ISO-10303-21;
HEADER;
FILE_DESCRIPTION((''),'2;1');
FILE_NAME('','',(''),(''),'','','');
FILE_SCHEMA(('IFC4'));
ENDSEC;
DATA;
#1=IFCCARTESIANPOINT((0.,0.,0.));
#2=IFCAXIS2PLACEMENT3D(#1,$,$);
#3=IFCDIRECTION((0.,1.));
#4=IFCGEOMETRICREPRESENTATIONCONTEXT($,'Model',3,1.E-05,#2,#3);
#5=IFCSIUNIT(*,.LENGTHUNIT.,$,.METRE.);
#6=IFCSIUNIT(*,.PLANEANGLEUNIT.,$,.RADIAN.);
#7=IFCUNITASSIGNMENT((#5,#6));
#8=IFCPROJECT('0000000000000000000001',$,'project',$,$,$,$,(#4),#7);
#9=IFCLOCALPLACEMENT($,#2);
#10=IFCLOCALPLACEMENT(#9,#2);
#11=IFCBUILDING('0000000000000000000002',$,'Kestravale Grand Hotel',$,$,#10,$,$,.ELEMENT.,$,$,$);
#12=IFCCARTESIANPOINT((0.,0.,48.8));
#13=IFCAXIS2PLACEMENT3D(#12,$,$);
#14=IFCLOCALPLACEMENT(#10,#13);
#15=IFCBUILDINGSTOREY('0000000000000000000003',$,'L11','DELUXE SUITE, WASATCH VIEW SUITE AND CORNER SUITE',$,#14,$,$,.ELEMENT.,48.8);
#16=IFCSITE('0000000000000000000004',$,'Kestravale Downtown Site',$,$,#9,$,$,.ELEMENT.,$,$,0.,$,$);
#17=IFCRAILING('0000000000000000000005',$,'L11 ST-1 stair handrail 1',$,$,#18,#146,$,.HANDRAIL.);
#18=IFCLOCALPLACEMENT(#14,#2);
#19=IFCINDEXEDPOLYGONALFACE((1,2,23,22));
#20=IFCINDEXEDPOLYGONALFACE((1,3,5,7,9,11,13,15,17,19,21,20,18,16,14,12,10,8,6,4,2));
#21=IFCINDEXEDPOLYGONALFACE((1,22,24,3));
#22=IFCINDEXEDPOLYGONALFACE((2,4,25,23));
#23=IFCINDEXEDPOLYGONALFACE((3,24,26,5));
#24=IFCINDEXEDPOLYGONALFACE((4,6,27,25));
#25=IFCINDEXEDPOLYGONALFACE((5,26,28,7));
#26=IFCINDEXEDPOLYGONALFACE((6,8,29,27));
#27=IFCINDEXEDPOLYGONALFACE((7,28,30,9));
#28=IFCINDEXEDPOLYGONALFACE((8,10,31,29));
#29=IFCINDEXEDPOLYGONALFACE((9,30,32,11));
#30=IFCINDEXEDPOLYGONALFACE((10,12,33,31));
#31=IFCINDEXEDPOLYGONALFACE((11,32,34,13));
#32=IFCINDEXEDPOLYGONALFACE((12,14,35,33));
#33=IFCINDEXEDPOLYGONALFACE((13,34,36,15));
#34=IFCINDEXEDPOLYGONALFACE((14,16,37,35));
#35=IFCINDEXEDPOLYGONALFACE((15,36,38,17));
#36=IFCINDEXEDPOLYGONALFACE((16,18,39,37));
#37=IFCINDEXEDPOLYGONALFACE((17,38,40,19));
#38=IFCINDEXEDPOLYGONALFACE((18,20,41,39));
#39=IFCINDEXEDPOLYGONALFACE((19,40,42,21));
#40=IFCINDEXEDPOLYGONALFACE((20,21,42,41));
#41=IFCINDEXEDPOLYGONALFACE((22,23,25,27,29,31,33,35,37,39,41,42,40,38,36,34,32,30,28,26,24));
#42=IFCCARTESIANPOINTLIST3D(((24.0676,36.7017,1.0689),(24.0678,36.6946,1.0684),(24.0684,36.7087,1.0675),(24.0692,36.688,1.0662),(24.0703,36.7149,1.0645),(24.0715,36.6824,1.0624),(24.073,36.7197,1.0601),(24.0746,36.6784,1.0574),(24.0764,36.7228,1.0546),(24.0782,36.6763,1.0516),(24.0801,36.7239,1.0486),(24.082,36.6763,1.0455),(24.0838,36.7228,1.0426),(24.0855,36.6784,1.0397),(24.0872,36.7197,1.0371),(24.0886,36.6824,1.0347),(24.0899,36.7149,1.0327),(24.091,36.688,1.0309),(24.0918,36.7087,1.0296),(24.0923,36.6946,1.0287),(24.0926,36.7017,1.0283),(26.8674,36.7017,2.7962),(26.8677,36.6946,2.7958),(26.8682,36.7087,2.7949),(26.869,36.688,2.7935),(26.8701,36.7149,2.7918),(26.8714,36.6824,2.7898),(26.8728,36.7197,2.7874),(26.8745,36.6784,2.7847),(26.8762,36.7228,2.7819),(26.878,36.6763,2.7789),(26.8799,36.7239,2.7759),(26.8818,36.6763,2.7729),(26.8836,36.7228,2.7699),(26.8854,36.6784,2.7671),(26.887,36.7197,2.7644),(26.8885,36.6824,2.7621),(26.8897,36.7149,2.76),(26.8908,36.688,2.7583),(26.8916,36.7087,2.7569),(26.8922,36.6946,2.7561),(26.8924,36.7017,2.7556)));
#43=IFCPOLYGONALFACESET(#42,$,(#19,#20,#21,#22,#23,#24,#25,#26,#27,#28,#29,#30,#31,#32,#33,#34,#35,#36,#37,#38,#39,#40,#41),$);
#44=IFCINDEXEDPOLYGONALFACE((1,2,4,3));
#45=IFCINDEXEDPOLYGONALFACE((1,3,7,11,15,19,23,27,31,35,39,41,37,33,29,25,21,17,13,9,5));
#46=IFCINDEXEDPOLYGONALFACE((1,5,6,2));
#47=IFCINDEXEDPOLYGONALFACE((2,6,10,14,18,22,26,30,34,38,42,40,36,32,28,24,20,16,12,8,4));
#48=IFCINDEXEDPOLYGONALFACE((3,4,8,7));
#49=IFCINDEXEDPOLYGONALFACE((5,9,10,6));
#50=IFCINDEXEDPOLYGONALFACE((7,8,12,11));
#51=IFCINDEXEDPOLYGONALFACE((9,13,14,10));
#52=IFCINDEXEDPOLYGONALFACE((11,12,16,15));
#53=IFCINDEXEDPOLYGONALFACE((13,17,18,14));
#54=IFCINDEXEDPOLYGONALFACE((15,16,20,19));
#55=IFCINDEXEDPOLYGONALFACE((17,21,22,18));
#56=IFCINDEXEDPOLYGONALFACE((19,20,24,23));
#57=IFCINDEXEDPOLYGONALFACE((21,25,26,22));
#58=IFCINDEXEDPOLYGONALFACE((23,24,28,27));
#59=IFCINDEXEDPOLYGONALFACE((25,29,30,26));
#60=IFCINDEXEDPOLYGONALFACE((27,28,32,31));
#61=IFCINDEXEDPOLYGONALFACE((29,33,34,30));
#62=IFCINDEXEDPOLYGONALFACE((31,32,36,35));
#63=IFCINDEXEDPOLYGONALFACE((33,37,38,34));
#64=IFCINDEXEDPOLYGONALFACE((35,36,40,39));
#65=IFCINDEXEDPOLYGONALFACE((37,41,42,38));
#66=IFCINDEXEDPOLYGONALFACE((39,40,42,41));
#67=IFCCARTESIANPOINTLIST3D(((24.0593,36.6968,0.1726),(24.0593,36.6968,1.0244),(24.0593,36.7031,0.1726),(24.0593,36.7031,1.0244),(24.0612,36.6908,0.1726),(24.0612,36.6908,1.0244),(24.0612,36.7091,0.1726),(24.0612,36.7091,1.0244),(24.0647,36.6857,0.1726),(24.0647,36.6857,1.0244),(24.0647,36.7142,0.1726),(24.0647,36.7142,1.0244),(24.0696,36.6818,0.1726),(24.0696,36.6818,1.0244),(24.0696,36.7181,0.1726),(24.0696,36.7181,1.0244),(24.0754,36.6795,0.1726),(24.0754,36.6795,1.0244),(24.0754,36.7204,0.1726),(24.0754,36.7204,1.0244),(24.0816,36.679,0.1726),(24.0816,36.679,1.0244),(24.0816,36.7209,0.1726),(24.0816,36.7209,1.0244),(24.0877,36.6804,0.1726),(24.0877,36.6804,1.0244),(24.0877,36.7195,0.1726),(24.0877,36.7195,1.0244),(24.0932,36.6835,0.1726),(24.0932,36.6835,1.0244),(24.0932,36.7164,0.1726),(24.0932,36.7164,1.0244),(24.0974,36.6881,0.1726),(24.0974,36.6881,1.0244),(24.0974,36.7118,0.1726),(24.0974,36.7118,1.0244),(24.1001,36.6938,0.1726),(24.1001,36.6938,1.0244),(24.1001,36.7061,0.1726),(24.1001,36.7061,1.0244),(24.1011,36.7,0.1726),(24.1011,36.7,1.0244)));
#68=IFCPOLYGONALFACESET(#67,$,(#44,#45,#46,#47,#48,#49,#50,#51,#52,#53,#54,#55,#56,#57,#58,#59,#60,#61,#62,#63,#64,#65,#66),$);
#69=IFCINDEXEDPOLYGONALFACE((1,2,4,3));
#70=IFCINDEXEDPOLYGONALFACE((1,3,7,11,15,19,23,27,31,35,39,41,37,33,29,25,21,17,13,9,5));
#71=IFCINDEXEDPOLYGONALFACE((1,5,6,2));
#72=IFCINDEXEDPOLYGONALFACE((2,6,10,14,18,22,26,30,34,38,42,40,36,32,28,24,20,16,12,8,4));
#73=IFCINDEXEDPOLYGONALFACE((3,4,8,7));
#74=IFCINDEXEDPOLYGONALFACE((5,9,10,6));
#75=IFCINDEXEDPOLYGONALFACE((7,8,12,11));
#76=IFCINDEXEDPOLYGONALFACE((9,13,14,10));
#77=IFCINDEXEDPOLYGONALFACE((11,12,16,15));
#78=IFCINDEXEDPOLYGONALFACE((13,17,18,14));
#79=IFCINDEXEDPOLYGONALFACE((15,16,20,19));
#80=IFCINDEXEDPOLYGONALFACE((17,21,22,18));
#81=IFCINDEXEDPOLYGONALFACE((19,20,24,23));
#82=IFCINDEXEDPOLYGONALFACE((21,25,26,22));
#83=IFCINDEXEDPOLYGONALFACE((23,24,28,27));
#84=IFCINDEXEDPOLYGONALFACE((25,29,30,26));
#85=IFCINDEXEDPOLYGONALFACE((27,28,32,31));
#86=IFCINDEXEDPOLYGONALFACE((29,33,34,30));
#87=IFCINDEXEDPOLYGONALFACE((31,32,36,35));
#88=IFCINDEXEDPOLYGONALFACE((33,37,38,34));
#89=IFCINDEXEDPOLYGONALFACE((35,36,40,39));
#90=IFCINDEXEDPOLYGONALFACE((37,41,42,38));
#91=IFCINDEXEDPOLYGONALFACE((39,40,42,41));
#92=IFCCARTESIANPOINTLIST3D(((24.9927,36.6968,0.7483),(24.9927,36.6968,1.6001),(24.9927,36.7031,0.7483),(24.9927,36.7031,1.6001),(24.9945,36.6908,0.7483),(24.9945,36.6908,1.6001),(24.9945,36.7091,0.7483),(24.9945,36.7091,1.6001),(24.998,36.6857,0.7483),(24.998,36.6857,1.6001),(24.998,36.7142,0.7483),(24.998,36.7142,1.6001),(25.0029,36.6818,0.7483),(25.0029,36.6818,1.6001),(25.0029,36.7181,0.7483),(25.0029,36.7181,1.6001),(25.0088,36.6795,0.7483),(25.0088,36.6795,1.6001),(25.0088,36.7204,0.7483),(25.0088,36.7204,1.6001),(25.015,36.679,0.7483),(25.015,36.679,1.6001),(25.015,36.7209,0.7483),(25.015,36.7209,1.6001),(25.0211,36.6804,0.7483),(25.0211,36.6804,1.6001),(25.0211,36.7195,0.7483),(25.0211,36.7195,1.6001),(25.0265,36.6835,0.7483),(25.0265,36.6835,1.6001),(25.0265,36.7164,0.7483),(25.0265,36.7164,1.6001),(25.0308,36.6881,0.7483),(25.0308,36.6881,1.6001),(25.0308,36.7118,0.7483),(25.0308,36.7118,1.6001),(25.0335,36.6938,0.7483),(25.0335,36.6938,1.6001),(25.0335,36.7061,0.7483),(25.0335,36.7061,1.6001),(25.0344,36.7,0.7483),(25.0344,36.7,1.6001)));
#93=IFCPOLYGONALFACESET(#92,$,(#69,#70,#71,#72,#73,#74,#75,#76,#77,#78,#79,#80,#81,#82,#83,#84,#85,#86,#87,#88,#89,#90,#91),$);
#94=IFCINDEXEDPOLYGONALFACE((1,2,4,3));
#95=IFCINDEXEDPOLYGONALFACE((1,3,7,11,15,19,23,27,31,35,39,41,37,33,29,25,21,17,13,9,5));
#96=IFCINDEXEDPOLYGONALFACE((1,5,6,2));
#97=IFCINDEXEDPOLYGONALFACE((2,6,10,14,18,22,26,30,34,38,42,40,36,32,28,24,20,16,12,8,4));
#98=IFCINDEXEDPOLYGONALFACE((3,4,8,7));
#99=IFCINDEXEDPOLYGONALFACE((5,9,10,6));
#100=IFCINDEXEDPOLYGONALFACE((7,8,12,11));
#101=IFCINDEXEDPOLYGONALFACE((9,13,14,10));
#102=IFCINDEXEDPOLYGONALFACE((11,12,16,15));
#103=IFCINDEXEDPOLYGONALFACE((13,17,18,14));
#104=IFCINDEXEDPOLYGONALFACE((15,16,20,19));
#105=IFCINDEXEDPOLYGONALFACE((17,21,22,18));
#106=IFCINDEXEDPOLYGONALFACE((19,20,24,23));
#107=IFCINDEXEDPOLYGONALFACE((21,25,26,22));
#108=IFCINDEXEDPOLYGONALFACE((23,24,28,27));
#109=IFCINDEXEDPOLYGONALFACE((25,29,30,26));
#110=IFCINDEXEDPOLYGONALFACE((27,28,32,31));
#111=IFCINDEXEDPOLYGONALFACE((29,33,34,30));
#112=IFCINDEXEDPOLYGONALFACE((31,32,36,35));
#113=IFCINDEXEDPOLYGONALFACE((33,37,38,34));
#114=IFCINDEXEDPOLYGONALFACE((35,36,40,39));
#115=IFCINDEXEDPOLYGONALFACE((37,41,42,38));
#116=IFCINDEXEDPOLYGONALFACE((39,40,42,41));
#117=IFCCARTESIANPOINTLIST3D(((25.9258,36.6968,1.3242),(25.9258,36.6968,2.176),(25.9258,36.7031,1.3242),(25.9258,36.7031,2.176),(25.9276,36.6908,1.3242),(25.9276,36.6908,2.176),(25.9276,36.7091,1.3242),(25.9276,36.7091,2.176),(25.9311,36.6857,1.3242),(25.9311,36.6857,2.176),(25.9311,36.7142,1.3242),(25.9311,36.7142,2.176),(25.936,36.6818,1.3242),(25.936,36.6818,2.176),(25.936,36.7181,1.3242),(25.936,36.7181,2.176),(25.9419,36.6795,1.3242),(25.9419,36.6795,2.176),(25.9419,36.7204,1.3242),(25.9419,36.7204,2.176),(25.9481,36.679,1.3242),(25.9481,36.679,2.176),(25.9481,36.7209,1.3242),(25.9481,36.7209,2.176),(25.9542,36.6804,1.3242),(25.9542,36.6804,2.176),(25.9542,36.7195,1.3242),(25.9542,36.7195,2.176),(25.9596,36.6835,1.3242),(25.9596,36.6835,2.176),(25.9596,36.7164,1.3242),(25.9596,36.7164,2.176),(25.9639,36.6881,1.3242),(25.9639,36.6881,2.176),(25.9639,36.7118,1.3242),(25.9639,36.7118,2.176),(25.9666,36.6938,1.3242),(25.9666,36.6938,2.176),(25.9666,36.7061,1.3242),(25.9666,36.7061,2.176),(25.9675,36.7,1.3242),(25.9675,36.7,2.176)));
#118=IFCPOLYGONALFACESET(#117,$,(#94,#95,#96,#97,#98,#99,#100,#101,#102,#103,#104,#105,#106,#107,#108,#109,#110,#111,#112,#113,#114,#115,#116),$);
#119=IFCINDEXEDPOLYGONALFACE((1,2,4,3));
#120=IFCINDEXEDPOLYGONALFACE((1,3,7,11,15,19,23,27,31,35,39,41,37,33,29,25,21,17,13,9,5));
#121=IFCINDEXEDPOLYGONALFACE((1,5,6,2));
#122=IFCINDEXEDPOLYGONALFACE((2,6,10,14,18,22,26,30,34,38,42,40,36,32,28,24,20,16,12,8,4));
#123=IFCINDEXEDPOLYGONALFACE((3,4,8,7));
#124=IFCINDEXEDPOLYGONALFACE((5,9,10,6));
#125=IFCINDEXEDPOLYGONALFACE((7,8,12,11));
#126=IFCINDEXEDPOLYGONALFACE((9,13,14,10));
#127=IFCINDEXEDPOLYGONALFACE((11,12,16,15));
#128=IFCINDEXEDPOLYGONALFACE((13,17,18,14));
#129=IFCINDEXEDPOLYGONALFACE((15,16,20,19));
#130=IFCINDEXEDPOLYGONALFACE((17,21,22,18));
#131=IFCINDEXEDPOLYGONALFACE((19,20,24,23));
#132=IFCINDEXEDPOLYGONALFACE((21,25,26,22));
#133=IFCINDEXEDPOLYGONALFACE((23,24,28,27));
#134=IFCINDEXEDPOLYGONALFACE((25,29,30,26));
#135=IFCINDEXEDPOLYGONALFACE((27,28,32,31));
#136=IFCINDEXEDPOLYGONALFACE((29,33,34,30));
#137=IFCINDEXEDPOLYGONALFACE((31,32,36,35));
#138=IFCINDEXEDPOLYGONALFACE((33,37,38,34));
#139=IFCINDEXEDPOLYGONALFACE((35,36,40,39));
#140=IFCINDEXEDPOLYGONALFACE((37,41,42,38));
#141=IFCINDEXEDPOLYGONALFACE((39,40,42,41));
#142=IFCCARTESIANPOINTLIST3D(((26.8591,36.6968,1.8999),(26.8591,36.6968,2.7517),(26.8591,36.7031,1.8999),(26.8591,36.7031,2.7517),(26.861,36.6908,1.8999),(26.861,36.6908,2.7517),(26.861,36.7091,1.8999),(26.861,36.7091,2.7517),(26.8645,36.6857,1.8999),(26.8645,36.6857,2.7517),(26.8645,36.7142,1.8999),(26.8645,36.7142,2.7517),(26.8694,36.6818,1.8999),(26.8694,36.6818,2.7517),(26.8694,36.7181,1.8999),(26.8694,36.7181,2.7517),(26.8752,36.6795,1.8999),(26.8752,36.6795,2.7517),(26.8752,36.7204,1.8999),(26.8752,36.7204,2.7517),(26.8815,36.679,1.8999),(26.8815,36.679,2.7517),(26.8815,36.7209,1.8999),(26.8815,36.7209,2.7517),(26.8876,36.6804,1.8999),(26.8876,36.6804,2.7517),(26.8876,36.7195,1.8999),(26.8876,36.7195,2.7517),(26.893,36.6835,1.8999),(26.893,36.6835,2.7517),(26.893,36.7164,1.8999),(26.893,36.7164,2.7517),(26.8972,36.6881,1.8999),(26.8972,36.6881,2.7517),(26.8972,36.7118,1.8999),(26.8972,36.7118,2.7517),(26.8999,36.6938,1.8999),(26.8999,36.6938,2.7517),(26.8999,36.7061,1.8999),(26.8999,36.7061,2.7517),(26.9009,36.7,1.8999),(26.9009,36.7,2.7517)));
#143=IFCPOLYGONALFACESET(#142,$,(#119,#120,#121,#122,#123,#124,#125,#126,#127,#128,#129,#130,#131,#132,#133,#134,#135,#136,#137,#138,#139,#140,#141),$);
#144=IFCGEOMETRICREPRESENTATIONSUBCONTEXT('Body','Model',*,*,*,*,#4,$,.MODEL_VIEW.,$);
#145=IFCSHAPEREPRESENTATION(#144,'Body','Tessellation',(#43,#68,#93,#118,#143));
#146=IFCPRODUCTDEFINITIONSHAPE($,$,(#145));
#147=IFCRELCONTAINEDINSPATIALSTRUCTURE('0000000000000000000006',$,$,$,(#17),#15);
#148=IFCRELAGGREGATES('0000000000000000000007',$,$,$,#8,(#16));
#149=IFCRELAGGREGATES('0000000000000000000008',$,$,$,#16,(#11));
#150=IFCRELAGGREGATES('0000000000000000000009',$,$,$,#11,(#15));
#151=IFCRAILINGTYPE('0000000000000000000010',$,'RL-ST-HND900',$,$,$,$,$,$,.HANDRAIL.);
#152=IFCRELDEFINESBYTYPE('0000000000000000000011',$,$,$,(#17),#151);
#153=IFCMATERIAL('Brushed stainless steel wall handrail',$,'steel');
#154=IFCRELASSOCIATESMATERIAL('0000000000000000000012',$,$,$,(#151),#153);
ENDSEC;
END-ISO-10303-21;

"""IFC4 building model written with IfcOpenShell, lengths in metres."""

from ifc_helpers import new_model, si_unit, direction, frame, origin, origin_2d, place, context, subcontext, project, spatial, circle, extrude, material, type_object, element, save


model = new_model("IFC4")

# Units and contexts
model_context = context("Model", 3, precision=1e-05, world=origin(), true_north=direction((0.0, 1.0)))
body_context = subcontext(model_context, "Body", "Model", "MODEL_VIEW")
ifc_project = project(units=[si_unit("LENGTHUNIT", "METRE"), si_unit("PLANEANGLEUNIT", "RADIAN")], contexts=[model_context])

# Site, building, storey
site_placement = place(None, origin())
site = spatial("IfcSite", under=ifc_project, at=site_placement, Name="Kestravale Downtown Site", CompositionType="ELEMENT", RefElevation=0.0)
building_placement = place(site_placement, origin())
building = spatial("IfcBuilding", under=site, at=building_placement, Name="Kestravale Grand Hotel", CompositionType="ELEMENT")
storey_placement = place(building_placement, frame((0.0, 0.0, 48.8)))
storey = spatial("IfcBuildingStorey", under=building, at=storey_placement, Name="L11", Description="DELUXE SUITE, WASATCH VIEW SUITE AND CORNER SUITE", CompositionType="ELEMENT", Elevation=48.8)

# Railing
ifc_material_1 = material(Name="Brushed stainless steel wall handrail", Category="steel")
railing_type_1 = type_object("IfcRailingType", Name="RL-ST-HND900", PredefinedType="HANDRAIL", material=ifc_material_1)
railing_1_placement = place(storey_placement, frame((24.0801, 36.7, 0.1726)))
element("IfcRailing", 1, at=railing_1_placement, inside=storey, type_object=railing_type_1, Name="L11 ST-1 stair handrail 1", PredefinedType="HANDRAIL", context=body_context, shape_type="SweptSolid", body=[
    extrude(circle(Radius=0.0239, at=origin_2d()), frame((0.0, 0.0, 0.876), z_axis=(0.851069, 0.0, 0.525054), x_axis=(0.0, 1.0, 0.0)), (0.0, 0.0, 1.0), 3.2898),
    extrude(circle(Radius=0.021, at=origin_2d()), origin(), (0.0, 0.0, 1.0), 0.8518),
    extrude(circle(Radius=0.021, at=origin_2d()), frame((0.9333, 0.0, 0.5757)), (0.0, 0.0, 1.0), 0.8518),
    extrude(circle(Radius=0.021, at=origin_2d()), frame((1.8665, 0.0, 1.1516)), (0.0, 0.0, 1.0), 0.8518),
    extrude(circle(Radius=0.021, at=origin_2d()), frame((2.7998, 0.0, 1.7273)), (0.0, 0.0, 1.0), 0.8518),
])

save(model, "model.ifc")
